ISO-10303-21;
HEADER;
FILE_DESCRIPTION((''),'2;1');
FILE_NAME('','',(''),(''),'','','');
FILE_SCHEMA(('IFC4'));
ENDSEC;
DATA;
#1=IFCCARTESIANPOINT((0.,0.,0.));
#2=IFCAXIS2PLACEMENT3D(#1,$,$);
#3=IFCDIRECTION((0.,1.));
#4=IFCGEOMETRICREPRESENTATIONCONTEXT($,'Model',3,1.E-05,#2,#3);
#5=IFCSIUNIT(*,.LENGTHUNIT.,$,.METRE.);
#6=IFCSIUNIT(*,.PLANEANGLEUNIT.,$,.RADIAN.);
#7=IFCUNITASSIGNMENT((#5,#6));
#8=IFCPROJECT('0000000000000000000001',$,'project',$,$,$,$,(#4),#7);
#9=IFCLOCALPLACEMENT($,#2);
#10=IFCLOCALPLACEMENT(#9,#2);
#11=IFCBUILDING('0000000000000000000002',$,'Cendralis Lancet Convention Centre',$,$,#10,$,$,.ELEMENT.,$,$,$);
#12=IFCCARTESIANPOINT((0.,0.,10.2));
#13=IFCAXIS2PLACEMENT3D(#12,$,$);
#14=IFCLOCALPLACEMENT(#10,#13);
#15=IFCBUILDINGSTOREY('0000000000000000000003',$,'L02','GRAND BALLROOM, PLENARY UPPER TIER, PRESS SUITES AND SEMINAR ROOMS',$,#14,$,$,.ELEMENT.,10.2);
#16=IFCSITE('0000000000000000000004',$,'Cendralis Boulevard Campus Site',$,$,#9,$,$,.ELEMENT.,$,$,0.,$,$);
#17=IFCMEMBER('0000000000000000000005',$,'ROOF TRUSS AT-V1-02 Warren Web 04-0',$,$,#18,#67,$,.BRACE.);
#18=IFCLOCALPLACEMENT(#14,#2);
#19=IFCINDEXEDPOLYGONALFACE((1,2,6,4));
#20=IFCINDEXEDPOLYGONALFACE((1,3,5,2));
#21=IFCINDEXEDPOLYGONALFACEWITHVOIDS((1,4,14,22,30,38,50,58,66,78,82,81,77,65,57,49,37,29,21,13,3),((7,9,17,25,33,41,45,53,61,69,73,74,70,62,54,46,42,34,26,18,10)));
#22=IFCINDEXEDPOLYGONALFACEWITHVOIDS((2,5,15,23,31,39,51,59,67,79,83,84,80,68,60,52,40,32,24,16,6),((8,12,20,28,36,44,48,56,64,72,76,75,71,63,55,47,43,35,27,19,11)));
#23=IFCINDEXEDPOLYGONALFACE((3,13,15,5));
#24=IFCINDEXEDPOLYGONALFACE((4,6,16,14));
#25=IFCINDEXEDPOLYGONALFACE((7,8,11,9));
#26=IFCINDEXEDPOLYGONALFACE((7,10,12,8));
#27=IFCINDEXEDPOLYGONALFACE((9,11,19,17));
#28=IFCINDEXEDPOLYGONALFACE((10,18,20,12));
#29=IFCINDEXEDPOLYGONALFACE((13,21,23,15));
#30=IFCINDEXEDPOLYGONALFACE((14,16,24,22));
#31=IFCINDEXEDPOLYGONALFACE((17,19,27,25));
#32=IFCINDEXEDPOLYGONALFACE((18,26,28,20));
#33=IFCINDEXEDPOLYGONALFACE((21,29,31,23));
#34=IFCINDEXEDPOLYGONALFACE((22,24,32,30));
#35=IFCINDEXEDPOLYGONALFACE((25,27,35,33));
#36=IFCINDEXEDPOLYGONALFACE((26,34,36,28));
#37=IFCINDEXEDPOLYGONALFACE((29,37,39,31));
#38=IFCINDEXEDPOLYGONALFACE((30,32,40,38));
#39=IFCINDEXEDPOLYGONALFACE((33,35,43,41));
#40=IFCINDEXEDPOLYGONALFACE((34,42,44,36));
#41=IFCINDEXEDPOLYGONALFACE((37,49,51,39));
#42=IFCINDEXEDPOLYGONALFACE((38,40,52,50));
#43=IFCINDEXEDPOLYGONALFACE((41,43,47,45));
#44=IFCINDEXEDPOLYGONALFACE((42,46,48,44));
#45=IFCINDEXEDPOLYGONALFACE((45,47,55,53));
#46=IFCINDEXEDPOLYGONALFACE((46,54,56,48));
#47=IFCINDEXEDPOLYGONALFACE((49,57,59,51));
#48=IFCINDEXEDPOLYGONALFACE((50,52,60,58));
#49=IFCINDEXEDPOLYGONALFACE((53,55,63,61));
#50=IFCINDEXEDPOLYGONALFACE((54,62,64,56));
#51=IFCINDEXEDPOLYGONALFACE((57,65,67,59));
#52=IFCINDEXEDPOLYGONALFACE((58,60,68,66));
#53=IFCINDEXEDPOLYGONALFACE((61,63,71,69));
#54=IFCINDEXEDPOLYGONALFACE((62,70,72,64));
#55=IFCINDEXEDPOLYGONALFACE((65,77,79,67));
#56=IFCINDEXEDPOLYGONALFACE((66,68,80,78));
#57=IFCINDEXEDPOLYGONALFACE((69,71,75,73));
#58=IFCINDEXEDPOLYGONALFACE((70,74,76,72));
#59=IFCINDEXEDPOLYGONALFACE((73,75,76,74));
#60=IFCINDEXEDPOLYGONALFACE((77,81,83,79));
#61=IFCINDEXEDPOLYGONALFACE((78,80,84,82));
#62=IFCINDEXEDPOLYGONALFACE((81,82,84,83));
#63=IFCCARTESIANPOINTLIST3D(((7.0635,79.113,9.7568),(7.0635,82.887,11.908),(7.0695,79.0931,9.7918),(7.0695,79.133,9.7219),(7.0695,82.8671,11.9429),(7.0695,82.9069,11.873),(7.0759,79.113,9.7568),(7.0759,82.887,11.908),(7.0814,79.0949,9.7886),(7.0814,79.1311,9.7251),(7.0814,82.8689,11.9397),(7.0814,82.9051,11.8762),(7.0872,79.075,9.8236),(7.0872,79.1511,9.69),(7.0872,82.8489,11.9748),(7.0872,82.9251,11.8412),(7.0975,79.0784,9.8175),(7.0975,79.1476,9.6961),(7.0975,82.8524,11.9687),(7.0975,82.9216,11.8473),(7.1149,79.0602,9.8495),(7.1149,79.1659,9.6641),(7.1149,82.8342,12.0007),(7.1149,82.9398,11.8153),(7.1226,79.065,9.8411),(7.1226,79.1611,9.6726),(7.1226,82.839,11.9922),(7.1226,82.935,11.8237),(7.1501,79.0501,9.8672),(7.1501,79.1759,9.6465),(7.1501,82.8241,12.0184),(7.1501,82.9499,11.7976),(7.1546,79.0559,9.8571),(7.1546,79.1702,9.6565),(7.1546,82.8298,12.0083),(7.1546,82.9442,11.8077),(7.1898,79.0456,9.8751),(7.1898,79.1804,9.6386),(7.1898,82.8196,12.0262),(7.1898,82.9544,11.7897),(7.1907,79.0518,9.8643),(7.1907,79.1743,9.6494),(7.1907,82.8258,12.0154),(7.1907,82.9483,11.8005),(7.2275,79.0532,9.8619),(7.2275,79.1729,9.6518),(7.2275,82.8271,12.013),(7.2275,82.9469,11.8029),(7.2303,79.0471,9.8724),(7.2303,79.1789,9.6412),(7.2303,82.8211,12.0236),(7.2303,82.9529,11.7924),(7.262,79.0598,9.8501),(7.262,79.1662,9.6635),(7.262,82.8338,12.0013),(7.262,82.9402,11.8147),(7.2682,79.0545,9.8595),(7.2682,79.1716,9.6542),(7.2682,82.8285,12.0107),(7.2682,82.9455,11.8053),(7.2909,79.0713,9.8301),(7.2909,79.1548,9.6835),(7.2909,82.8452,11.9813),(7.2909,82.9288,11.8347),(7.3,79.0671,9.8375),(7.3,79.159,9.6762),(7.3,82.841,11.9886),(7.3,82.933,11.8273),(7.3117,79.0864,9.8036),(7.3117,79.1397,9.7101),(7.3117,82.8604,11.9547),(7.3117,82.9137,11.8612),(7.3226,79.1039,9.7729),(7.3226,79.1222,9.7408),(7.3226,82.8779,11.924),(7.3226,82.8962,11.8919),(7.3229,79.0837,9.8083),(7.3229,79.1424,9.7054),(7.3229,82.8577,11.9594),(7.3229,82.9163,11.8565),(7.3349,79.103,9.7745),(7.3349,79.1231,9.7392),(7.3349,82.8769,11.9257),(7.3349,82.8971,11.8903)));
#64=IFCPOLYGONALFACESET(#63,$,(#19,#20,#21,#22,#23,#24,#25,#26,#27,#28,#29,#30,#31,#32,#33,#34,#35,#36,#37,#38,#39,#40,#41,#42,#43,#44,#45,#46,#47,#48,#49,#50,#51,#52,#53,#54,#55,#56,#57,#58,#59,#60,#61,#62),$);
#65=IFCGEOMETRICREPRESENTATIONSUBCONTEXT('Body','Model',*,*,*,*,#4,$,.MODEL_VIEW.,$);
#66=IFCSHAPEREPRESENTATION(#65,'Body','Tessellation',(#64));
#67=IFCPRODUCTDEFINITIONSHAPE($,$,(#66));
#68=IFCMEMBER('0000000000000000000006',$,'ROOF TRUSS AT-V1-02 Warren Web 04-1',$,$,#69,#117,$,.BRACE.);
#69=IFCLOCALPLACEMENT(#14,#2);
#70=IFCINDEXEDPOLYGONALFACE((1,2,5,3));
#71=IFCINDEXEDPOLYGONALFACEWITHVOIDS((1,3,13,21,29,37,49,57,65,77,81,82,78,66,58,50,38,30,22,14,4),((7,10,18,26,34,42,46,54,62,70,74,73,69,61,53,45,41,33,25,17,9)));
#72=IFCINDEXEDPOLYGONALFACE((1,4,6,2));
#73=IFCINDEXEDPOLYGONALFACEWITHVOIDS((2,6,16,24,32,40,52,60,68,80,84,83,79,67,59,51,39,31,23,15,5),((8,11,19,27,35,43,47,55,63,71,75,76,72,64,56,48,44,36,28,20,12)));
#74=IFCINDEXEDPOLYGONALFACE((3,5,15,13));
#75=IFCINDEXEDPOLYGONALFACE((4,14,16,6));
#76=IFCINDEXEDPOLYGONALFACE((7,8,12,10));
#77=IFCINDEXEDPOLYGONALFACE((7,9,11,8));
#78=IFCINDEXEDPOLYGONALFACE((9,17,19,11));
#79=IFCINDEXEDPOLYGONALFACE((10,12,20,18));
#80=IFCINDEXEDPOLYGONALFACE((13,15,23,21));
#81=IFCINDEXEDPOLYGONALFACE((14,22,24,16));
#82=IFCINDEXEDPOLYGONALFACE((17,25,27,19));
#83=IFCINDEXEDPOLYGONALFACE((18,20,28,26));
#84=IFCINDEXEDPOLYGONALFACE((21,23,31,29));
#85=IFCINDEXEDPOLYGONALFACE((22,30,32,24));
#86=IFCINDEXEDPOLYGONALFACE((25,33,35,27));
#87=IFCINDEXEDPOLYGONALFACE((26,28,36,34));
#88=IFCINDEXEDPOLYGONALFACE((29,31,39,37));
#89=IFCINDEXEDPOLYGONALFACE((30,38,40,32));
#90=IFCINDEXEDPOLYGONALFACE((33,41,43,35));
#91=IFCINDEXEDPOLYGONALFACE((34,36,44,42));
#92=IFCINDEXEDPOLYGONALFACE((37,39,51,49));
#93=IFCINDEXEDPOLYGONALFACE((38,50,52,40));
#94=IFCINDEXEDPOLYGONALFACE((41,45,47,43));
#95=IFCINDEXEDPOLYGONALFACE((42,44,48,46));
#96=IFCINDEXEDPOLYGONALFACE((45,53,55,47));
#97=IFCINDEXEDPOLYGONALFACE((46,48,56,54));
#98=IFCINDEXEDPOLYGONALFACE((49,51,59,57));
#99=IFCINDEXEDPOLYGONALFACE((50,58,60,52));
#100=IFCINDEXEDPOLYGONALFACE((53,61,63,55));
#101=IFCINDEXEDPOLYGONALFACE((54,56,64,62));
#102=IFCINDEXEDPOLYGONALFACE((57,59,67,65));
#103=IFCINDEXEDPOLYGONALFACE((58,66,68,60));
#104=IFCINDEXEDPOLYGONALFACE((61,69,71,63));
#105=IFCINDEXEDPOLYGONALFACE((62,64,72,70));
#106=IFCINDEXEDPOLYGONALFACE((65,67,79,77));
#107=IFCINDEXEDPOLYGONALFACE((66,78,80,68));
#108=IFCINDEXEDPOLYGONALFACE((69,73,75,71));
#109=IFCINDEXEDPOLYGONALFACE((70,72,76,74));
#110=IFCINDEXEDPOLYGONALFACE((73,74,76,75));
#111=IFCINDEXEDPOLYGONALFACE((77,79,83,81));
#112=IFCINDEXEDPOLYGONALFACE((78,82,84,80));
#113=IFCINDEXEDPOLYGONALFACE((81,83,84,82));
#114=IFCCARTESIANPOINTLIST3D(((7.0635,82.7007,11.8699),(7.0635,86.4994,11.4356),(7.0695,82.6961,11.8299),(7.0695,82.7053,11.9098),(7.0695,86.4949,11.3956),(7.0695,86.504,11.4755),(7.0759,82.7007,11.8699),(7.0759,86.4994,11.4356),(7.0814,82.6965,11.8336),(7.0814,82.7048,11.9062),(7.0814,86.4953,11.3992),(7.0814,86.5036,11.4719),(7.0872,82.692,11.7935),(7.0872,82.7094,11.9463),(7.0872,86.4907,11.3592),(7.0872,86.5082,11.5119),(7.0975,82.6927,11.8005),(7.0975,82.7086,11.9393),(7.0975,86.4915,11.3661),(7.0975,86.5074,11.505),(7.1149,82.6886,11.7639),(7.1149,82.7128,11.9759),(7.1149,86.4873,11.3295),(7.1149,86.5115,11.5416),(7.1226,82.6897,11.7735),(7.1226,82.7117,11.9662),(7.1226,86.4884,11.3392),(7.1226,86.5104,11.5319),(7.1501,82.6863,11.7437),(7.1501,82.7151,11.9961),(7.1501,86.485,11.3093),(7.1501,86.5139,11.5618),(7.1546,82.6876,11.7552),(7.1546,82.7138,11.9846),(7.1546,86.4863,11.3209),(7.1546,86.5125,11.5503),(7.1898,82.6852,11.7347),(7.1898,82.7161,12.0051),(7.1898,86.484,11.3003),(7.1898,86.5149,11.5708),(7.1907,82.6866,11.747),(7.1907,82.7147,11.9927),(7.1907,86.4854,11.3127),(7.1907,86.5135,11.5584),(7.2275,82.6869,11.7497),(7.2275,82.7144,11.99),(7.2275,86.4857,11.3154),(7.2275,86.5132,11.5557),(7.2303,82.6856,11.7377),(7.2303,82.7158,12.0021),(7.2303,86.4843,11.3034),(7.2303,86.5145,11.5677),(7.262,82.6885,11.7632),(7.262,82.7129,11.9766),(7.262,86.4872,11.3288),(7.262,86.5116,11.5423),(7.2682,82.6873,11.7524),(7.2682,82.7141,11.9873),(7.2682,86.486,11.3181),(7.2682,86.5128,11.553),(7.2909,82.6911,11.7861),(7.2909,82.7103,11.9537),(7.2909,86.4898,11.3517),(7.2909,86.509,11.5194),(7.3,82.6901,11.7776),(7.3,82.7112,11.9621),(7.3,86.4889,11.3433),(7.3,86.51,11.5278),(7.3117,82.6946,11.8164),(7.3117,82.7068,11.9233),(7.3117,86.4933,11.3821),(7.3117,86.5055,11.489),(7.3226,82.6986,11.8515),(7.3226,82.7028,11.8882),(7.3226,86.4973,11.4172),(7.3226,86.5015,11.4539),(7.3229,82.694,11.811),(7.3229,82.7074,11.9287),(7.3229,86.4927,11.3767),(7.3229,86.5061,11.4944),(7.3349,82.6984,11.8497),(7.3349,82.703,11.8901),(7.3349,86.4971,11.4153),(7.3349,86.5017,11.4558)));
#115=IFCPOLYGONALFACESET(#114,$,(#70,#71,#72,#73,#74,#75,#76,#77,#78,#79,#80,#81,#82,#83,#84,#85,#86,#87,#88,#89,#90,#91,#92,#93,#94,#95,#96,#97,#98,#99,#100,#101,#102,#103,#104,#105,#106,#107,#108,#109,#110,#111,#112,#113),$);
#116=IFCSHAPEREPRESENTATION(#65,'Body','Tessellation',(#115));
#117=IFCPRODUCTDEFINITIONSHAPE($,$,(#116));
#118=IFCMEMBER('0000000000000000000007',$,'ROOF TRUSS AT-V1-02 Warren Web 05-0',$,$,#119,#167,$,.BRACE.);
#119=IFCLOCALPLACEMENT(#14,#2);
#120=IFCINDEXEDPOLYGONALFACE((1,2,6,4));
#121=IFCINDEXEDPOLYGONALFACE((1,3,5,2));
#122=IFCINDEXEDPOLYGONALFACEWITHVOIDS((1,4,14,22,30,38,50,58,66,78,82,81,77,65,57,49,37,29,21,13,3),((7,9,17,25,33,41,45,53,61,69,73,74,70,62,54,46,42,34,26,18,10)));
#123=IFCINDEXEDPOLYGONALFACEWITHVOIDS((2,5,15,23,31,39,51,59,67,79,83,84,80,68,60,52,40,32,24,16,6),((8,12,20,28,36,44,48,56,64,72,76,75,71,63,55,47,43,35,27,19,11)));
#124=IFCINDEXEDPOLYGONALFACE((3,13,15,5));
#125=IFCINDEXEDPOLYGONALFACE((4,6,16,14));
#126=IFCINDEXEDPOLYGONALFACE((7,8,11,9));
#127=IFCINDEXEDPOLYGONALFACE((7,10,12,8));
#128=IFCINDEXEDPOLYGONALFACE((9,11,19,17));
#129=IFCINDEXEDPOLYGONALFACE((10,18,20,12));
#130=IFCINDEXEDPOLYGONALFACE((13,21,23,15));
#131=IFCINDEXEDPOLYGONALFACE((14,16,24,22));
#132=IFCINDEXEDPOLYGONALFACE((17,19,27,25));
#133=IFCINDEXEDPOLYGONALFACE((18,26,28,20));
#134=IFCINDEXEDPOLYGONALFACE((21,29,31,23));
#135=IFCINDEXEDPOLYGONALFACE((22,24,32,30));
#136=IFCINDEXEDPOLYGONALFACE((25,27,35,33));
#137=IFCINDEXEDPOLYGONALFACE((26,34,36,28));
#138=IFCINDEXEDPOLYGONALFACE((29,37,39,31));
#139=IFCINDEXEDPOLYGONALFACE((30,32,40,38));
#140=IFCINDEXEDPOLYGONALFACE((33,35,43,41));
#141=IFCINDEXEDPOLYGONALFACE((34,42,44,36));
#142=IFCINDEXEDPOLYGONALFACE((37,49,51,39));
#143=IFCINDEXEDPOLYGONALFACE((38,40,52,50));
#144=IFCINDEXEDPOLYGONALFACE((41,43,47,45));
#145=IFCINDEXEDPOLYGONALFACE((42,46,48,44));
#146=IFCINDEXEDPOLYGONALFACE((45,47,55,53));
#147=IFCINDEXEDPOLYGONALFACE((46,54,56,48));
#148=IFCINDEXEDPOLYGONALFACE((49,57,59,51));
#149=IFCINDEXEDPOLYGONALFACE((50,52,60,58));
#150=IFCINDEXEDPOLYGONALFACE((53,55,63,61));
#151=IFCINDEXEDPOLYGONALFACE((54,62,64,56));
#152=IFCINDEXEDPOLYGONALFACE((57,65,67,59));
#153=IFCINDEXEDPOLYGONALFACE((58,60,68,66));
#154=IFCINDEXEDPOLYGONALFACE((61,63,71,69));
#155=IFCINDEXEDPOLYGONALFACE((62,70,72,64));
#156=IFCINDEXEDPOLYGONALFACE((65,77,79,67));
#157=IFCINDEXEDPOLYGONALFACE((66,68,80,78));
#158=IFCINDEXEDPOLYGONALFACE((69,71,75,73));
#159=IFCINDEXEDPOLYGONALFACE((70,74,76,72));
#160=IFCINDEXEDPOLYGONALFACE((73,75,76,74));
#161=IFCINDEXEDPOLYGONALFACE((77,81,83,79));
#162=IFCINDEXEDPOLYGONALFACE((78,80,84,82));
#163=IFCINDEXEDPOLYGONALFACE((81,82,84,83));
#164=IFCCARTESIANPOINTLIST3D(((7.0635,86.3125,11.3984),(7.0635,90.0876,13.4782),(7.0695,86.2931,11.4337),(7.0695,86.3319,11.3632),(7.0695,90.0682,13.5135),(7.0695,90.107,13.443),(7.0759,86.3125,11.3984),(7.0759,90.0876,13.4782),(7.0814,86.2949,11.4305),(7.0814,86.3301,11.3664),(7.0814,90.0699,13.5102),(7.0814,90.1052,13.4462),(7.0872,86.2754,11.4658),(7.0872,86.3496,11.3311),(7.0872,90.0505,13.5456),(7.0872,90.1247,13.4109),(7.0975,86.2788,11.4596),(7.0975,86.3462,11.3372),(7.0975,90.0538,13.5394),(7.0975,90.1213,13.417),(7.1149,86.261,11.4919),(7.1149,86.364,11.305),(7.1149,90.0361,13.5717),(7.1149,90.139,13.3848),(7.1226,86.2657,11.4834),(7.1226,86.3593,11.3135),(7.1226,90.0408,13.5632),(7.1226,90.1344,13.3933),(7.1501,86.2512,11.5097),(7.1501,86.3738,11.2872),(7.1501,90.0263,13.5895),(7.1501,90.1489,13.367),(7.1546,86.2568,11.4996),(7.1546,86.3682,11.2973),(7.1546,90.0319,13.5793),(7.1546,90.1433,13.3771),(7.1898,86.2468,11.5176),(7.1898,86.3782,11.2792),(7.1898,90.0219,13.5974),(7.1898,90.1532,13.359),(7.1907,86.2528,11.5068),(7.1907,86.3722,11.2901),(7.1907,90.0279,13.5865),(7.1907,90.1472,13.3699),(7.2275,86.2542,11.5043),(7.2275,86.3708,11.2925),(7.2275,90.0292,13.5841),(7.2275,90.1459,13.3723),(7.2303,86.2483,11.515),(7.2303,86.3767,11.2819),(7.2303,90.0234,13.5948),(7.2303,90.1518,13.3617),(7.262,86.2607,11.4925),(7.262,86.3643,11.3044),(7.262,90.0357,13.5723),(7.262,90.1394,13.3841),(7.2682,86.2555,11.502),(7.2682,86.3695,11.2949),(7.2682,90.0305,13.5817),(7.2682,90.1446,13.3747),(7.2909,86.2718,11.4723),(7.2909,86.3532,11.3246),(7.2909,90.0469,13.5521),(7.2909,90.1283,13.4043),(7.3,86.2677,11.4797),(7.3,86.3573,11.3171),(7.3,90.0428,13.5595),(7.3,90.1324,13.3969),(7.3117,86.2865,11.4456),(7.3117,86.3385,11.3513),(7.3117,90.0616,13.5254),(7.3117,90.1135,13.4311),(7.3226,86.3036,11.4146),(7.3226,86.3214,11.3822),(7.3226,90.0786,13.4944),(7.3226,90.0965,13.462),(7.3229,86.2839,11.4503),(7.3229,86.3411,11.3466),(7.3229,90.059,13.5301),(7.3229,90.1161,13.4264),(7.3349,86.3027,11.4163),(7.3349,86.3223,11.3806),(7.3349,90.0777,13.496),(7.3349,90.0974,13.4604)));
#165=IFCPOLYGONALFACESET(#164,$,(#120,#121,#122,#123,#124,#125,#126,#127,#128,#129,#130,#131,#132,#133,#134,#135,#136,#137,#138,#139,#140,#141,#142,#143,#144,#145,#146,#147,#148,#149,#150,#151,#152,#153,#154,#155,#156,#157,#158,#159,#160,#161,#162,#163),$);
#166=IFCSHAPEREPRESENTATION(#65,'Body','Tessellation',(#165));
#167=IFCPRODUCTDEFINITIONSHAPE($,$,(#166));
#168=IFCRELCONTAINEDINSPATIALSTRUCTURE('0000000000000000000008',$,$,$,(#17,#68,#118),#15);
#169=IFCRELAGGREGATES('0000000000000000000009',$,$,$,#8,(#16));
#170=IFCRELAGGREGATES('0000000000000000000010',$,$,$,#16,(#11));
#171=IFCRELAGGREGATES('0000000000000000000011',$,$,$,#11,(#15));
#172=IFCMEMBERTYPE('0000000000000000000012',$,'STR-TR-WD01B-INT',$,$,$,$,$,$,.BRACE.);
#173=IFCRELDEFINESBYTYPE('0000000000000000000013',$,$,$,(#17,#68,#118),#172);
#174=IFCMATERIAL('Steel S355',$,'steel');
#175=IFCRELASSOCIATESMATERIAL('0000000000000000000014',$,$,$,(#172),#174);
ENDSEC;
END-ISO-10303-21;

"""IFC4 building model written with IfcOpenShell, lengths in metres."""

from ifc_helpers import new_model, si_unit, direction, frame, origin, origin_2d, place, context, subcontext, project, spatial, hollow_circle, extrude, material, material_profile, profile_set, type_object, element, save


model = new_model("IFC4")

# Units and contexts
model_context = context("Model", 3, precision=1e-05, world=origin(), true_north=direction((0.0, 1.0)))
body_context = subcontext(model_context, "Body", "Model", "MODEL_VIEW")
ifc_project = project(units=[si_unit("LENGTHUNIT", "METRE"), si_unit("PLANEANGLEUNIT", "RADIAN")], contexts=[model_context])

# Site, building, storey
site_placement = place(None, origin())
site = spatial("IfcSite", under=ifc_project, at=site_placement, Name="Cendralis Boulevard Campus Site", CompositionType="ELEMENT", RefElevation=0.0)
building_placement = place(site_placement, origin())
building = spatial("IfcBuilding", under=site, at=building_placement, Name="Cendralis Lancet Convention Centre", CompositionType="ELEMENT")
storey_placement = place(building_placement, frame((0.0, 0.0, 10.2)))
storey = spatial("IfcBuildingStorey", under=building, at=storey_placement, Name="L02", Description="GRAND BALLROOM, PLENARY UPPER TIER, PRESS SUITES AND SEMINAR ROOMS", CompositionType="ELEMENT", Elevation=10.2)

# Members
ifc_material = material(Name="Steel S355", Category="steel")
ifc_material_profile_1 = material_profile(ifc_material, hollow_circle(Radius=0.1365, WallThickness=0.0125, at=origin_2d()), Name="CHS 273.0x12.5")
ifc_profile_set_1 = profile_set([ifc_material_profile_1], Name="Steel S355")
member_type_1 = type_object("IfcMemberType", Name="STR-TR-WD01B-INT", PredefinedType="BRACE", material=ifc_profile_set_1)
member_1_placement = place(storey_placement, frame((7.2, 79.113, 9.7568), z_axis=(0.0, 0.868779, 0.4952), x_axis=(-1.0, 0.0, 0.0)))
element("IfcMember", 1, at=member_1_placement, inside=storey, type_object=member_type_1, Name="ROOF TRUSS AT-V1-02 Warren Web 04-0", PredefinedType="BRACE", context=body_context, shape_type="SweptSolid", body=[
    extrude(hollow_circle(Radius=0.1365, WallThickness=0.0125, at=origin_2d()), origin(), (0.0, 0.0, 1.0), 4.344),
])
member_2_placement = place(storey_placement, frame((7.2, 82.7007, 11.8699), z_axis=(0.0, 0.993528, -0.113592), x_axis=(-1.0, 0.0, 0.0)))
element("IfcMember", 2, at=member_2_placement, inside=storey, type_object=member_type_1, Name="ROOF TRUSS AT-V1-02 Warren Web 04-1", PredefinedType="BRACE", context=body_context, shape_type="SweptSolid", body=[
    extrude(hollow_circle(Radius=0.1365, WallThickness=0.0125, at=origin_2d()), origin(), (0.0, 0.0, 1.0), 3.8235),
])
member_3_placement = place(storey_placement, frame((7.2, 86.3125, 11.3984), z_axis=(0.0, 0.875872, 0.482543), x_axis=(-1.0, 0.0, 0.0)))
element("IfcMember", 3, at=member_3_placement, inside=storey, type_object=member_type_1, Name="ROOF TRUSS AT-V1-02 Warren Web 05-0", PredefinedType="BRACE", context=body_context, shape_type="SweptSolid", body=[
    extrude(hollow_circle(Radius=0.1365, WallThickness=0.0125, at=origin_2d()), origin(), (0.0, 0.0, 1.0), 4.3101),
])

save(model, "model.ifc")
